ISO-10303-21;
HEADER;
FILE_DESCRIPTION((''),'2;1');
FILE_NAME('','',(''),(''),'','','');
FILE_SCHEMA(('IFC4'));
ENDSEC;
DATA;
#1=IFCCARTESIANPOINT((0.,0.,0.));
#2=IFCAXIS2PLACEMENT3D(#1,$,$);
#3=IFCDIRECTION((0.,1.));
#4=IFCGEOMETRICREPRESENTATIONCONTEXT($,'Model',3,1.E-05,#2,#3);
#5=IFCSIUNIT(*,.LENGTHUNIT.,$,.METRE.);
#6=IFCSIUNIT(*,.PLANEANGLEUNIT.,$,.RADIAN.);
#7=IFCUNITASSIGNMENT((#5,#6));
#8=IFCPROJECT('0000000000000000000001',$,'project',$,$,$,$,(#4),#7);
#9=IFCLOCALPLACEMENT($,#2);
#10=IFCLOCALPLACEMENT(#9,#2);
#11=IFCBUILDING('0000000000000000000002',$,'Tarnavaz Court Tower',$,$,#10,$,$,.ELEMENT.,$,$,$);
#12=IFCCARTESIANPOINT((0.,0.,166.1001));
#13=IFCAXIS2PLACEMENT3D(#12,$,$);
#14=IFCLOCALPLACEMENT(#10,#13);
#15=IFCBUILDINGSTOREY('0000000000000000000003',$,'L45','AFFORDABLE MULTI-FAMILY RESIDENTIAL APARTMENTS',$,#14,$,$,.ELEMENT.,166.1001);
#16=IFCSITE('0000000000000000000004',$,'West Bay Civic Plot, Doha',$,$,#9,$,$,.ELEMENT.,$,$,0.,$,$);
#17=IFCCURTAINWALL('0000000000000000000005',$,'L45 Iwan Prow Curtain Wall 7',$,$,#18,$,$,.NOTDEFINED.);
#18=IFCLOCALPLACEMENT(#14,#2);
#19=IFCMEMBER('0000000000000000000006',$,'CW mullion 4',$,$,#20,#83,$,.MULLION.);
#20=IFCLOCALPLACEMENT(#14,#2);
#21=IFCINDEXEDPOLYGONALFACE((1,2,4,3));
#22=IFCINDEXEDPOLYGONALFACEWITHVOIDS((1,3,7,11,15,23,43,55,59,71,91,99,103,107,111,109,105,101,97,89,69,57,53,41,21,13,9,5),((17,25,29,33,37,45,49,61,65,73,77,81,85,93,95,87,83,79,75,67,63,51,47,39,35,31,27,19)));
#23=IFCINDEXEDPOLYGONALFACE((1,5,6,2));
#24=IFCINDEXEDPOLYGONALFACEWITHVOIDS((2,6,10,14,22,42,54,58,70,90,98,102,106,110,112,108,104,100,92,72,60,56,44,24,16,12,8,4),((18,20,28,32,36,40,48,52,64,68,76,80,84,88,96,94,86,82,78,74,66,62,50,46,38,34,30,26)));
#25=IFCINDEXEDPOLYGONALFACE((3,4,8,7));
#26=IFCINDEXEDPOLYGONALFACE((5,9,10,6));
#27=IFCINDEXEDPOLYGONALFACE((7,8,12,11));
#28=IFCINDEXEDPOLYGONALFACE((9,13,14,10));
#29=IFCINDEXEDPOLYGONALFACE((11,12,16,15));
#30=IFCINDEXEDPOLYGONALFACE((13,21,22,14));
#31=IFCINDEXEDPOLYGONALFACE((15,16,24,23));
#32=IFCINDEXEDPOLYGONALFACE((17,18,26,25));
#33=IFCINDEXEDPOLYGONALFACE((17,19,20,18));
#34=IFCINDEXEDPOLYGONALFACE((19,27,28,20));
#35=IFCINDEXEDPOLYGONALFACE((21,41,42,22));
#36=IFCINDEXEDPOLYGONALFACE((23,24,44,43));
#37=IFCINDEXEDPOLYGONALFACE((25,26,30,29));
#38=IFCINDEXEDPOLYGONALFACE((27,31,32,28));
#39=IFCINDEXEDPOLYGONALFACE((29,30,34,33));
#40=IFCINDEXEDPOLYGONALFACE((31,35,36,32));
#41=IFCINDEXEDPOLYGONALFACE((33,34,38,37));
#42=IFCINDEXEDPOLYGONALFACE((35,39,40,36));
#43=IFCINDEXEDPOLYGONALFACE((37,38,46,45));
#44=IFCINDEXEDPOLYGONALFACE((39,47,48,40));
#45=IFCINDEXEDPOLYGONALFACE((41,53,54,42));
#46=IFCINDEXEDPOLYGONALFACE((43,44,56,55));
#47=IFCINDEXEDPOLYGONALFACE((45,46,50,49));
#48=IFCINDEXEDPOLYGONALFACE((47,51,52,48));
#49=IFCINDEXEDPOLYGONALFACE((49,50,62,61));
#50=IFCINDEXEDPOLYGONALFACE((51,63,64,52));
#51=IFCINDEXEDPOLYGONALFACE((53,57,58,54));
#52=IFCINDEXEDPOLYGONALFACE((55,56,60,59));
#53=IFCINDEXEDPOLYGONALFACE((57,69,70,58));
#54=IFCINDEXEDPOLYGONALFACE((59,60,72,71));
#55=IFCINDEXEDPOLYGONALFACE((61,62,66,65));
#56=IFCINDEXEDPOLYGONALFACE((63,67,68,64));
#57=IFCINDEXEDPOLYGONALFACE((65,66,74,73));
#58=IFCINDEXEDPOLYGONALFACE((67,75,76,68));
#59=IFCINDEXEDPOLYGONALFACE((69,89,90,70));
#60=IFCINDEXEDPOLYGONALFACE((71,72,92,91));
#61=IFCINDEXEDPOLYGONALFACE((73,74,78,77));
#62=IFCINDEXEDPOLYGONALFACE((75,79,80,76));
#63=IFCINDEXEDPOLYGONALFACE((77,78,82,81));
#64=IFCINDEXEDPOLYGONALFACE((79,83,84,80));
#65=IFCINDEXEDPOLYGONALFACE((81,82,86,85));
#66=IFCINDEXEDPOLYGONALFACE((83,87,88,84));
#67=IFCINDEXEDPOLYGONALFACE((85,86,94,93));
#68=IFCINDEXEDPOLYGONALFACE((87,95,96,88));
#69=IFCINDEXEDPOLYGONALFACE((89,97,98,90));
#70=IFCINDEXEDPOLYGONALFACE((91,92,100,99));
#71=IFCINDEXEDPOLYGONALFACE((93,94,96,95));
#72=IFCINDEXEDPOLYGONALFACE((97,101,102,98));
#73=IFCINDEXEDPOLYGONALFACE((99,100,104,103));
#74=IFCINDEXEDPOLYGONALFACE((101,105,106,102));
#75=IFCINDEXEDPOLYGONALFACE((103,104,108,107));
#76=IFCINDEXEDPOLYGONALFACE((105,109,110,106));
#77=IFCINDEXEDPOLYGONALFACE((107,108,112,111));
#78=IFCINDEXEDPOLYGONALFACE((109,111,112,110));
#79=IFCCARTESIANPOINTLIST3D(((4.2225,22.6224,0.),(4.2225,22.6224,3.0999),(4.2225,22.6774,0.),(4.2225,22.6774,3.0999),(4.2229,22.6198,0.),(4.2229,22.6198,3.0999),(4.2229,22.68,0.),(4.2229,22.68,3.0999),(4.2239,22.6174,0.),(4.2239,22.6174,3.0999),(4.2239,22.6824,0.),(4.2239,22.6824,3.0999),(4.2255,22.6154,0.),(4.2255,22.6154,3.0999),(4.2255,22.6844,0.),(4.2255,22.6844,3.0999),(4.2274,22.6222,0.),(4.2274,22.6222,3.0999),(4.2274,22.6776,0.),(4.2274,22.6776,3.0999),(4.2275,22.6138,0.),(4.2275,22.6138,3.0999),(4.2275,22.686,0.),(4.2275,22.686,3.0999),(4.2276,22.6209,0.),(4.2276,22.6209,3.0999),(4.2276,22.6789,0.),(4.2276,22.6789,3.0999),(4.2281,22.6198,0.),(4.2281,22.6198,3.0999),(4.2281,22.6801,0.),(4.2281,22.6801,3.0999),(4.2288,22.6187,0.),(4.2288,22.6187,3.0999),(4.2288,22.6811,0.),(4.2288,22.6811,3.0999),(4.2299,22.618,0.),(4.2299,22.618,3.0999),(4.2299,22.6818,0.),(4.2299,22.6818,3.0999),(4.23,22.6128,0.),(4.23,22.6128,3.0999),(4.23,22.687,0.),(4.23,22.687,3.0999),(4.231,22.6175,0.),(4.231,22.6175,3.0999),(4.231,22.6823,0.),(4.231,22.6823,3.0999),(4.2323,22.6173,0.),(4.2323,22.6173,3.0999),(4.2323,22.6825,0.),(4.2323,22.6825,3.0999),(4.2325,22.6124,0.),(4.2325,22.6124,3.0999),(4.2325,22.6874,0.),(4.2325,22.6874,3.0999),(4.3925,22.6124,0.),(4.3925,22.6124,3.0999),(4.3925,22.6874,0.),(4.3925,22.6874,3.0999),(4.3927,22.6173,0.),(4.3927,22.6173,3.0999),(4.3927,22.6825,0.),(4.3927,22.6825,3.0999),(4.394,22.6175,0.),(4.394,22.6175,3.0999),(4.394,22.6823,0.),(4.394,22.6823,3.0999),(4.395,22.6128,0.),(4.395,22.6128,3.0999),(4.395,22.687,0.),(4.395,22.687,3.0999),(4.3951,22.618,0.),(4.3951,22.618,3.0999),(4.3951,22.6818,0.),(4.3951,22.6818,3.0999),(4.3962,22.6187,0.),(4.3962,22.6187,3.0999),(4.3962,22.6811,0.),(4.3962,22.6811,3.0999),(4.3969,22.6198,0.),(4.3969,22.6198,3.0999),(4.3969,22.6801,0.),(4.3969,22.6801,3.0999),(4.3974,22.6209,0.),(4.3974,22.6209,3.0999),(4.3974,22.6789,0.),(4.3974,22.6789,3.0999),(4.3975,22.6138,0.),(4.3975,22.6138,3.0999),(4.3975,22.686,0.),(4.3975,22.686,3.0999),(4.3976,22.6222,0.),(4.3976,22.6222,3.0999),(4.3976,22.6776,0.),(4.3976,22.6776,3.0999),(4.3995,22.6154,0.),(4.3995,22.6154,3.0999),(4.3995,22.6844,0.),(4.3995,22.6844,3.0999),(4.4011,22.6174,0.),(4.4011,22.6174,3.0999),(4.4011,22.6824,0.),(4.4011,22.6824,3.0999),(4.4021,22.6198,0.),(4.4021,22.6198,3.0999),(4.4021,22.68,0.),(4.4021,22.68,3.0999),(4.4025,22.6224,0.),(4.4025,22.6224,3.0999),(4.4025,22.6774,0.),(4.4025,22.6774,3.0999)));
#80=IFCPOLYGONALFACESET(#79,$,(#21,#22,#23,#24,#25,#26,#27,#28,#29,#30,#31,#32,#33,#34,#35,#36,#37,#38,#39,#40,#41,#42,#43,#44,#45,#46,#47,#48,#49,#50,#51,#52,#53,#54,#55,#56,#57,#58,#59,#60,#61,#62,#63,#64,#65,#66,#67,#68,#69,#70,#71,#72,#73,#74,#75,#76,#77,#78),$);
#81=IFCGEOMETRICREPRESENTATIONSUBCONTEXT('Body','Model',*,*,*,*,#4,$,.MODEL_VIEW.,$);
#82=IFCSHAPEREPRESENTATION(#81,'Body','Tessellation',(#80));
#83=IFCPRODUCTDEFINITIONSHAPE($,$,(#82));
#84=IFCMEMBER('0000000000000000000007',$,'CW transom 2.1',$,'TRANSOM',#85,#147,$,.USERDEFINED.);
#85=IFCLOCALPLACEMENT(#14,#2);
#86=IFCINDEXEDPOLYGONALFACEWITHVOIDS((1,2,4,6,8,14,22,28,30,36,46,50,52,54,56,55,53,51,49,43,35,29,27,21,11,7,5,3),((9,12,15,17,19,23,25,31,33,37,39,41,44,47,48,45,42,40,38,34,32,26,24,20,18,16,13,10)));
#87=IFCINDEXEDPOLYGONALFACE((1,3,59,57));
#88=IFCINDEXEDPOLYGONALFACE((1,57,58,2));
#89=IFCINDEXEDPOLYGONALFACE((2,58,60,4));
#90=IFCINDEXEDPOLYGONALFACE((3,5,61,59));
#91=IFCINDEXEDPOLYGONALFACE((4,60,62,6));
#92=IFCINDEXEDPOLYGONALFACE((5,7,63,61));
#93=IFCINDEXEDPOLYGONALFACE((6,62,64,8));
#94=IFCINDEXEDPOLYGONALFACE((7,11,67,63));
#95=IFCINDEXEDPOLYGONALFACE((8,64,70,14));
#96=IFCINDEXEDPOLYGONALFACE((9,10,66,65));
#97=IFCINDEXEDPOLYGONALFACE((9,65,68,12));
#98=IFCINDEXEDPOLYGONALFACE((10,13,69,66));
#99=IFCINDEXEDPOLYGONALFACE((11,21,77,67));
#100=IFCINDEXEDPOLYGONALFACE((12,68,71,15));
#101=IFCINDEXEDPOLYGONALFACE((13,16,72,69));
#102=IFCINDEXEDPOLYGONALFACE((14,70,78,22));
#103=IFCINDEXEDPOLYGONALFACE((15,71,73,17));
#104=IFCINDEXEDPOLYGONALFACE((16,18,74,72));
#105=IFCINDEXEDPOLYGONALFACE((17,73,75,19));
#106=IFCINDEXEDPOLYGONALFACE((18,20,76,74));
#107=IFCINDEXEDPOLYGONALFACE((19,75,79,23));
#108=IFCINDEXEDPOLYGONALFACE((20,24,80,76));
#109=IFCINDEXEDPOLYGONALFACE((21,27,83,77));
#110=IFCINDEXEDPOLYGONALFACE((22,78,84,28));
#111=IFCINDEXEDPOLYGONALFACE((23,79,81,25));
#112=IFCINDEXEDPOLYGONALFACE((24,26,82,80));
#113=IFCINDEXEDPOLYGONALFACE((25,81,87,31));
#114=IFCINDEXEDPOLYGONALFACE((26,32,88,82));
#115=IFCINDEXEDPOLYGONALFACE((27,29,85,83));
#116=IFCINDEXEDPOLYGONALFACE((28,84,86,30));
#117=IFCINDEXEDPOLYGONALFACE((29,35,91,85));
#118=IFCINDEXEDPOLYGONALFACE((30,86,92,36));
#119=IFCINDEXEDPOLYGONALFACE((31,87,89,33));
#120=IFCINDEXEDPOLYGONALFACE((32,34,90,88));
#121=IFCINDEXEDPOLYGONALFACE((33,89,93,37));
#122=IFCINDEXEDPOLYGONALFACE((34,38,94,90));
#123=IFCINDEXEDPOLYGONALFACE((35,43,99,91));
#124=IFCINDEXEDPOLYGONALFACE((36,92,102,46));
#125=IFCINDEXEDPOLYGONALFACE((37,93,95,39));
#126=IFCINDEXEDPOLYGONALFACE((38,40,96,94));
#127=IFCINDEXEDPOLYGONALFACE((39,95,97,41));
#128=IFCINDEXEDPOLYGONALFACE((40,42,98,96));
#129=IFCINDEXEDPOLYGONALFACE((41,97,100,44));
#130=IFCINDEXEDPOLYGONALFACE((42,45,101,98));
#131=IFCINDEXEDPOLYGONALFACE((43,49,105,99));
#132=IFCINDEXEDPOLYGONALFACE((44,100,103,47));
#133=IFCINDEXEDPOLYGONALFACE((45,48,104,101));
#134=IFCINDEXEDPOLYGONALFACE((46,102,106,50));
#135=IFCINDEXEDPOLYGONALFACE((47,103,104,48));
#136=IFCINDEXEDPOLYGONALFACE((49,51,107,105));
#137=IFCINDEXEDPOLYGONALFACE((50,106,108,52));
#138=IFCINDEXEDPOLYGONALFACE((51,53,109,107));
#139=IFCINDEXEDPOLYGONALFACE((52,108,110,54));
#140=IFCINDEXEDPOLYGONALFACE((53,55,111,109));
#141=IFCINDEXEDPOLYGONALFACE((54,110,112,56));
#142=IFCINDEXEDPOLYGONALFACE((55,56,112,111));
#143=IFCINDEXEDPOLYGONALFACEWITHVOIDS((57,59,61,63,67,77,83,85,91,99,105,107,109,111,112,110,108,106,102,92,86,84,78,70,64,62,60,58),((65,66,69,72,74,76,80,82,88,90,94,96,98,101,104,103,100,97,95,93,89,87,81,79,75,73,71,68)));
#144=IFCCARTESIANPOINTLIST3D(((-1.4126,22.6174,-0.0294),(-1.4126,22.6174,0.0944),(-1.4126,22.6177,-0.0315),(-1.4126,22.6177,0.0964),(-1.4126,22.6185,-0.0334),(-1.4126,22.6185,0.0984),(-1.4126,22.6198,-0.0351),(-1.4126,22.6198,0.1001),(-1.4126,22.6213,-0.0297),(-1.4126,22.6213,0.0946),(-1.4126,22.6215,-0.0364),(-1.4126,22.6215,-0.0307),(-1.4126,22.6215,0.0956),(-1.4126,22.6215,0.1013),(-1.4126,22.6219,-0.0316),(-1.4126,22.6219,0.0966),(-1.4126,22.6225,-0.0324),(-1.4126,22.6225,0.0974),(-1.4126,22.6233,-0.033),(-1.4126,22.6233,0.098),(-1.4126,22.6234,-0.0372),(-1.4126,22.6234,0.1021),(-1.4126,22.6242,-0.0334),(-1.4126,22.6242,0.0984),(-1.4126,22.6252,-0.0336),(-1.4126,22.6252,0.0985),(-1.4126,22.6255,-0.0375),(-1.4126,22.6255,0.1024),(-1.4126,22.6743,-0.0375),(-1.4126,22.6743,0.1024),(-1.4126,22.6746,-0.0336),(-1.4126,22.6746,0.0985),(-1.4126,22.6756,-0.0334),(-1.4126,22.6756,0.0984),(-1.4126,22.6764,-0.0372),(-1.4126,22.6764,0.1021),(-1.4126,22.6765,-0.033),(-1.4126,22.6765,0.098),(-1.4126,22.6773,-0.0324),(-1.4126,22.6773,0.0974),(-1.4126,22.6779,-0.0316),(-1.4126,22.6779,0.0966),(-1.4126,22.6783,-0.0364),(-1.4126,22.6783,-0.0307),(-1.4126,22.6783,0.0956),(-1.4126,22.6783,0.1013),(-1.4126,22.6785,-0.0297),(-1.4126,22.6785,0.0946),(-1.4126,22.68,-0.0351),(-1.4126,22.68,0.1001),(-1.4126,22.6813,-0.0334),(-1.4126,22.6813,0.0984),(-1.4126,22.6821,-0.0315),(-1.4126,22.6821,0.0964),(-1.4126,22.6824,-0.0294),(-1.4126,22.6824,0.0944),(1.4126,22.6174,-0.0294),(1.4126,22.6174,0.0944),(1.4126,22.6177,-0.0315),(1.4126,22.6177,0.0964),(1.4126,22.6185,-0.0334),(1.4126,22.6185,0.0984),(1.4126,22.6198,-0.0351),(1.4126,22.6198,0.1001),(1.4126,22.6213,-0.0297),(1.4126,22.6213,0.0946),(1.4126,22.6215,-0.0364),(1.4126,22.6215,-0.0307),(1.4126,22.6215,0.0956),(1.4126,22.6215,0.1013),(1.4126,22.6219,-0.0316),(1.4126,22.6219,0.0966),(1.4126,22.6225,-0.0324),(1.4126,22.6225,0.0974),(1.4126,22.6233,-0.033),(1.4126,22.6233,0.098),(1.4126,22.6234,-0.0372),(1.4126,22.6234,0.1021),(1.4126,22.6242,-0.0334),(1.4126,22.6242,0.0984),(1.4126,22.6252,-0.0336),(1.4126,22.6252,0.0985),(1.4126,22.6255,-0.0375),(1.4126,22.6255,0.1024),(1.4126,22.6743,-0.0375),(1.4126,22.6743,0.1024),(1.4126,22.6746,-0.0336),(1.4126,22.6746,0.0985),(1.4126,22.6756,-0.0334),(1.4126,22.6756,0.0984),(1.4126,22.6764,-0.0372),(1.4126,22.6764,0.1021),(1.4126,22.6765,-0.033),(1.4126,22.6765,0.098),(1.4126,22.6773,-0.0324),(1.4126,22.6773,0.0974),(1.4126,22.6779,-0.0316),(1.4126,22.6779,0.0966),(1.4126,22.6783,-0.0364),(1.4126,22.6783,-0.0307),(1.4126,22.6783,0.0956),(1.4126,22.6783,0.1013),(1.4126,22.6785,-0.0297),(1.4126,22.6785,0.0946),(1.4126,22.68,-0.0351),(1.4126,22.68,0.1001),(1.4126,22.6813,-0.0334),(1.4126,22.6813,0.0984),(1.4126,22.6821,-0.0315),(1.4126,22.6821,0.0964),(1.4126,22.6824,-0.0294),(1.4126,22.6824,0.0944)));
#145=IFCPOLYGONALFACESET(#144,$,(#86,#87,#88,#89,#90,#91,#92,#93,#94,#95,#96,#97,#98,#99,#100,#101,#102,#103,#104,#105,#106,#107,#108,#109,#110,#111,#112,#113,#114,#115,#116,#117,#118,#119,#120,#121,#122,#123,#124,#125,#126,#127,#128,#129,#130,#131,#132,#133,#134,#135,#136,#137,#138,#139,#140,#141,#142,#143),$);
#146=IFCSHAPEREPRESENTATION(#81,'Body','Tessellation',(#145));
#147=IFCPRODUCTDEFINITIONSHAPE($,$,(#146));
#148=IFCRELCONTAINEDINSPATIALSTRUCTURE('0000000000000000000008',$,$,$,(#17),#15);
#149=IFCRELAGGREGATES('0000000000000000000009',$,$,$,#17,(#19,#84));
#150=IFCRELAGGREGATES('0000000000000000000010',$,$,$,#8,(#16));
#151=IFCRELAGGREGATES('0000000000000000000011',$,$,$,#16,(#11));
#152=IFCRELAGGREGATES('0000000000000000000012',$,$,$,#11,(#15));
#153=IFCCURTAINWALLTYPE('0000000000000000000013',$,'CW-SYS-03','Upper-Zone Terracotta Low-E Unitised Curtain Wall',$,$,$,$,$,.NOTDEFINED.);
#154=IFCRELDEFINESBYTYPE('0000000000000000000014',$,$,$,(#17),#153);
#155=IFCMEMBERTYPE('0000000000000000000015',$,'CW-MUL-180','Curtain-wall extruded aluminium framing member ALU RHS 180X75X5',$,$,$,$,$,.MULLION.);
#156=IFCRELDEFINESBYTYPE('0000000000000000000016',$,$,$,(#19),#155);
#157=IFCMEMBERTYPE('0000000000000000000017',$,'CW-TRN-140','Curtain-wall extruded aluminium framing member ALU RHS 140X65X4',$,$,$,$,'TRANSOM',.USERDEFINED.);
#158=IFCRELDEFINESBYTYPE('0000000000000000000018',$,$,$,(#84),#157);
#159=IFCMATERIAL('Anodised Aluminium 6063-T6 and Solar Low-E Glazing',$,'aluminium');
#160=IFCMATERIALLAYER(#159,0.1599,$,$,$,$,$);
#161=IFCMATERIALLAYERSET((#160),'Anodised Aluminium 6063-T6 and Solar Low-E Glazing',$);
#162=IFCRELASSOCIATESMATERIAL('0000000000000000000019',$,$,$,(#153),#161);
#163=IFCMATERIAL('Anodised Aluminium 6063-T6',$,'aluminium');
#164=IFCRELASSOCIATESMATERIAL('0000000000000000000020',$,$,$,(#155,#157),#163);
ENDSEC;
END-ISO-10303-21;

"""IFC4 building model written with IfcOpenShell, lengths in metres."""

from ifc_helpers import new_model, si_unit, direction, frame, origin, origin_2d, place, context, subcontext, project, spatial, hollow_rectangle, extrude, material, layer, layer_set, material_profile, profile_set, type_object, element, aggregate, save


model = new_model("IFC4")

# Units and contexts
model_context = context("Model", 3, precision=1e-05, world=origin(), true_north=direction((0.0, 1.0)))
body_context = subcontext(model_context, "Body", "Model", "MODEL_VIEW")
ifc_project = project(units=[si_unit("LENGTHUNIT", "METRE"), si_unit("PLANEANGLEUNIT", "RADIAN")], contexts=[model_context])

# Site, building, storey
site_placement = place(None, origin())
site = spatial("IfcSite", under=ifc_project, at=site_placement, Name="West Bay Civic Plot, Doha", CompositionType="ELEMENT", RefElevation=0.0)
building_placement = place(site_placement, origin())
building = spatial("IfcBuilding", under=site, at=building_placement, Name="Tarnavaz Court Tower", CompositionType="ELEMENT")
storey_placement = place(building_placement, frame((0.0, 0.0, 166.1001)))
storey = spatial("IfcBuildingStorey", under=building, at=storey_placement, Name="L45", Description="AFFORDABLE MULTI-FAMILY RESIDENTIAL APARTMENTS", CompositionType="ELEMENT", Elevation=166.1001)

# Curtain wall, members
ifc_material_1 = material(Name="Anodised Aluminium 6063-T6 and Solar Low-E Glazing", Category="aluminium")
ifc_layer_1 = layer(ifc_material_1, 0.1599)
ifc_layer_set_1 = layer_set([ifc_layer_1], Name="Anodised Aluminium 6063-T6 and Solar Low-E Glazing")
curtain_wall_type = type_object("IfcCurtainWallType", Name="CW-SYS-03", Description="Upper-Zone Terracotta Low-E Unitised Curtain Wall", PredefinedType="NOTDEFINED", material=ifc_layer_set_1)
curtain_wall_placement = place(storey_placement, origin())
curtain_wall = element("IfcCurtainWall", 1, at=curtain_wall_placement, inside=storey, type_object=curtain_wall_type, Name="L45 Iwan Prow Curtain Wall 7", PredefinedType="NOTDEFINED")
ifc_material_2 = material(Name="Anodised Aluminium 6063-T6", Category="aluminium")
ifc_material_profile_1 = material_profile(ifc_material_2, hollow_rectangle(XDim=0.075, YDim=0.1799, WallThickness=0.0049, InnerFilletRadius=0.0049, OuterFilletRadius=0.01, at=origin_2d()), Name="ALU RHS 180X75X5")
ifc_profile_set_1 = profile_set([ifc_material_profile_1], Name="Anodised Aluminium 6063-T6")
member_type_1 = type_object("IfcMemberType", Name="CW-MUL-180", Description="Curtain-wall extruded aluminium framing member ALU RHS 180X75X5", PredefinedType="MULLION", material=ifc_profile_set_1)
member_1_placement = place(storey_placement, frame((4.3125, 22.6499, 0.0), z_axis=(0.0, 0.0, 1.0), x_axis=(0.0, 1.0, 0.0)))
member_1 = element("IfcMember", 2, at=member_1_placement, type_object=member_type_1, Name="CW mullion 4", PredefinedType="MULLION", context=body_context, shape_type="SweptSolid", body=[
    extrude(hollow_rectangle(XDim=0.075, YDim=0.1799, WallThickness=0.0049, InnerFilletRadius=0.0049, OuterFilletRadius=0.01, at=origin_2d()), origin(), (0.0, 0.0, 1.0), 3.0999),
])
ifc_material_profile_2 = material_profile(ifc_material_2, hollow_rectangle(XDim=0.0649, YDim=0.1399, WallThickness=0.0039, InnerFilletRadius=0.0039, OuterFilletRadius=0.0081, at=origin_2d()), Name="ALU RHS 140X65X4")
ifc_profile_set_2 = profile_set([ifc_material_profile_2], Name="Anodised Aluminium 6063-T6")
member_type_2 = type_object("IfcMemberType", Name="CW-TRN-140", Description="Curtain-wall extruded aluminium framing member ALU RHS 140X65X4", ElementType="TRANSOM", PredefinedType="USERDEFINED", material=ifc_profile_set_2)
member_2_placement = place(storey_placement, frame((-1.4126, 22.6499, 0.0325), z_axis=(1.0, 0.0, 0.0), x_axis=(0.0, 1.0, 0.0)))
member_2 = element("IfcMember", 3, at=member_2_placement, type_object=member_type_2, Name="CW transom 2.1", ObjectType="TRANSOM", PredefinedType="USERDEFINED", context=body_context, shape_type="SweptSolid", body=[
    extrude(hollow_rectangle(XDim=0.0649, YDim=0.1399, WallThickness=0.0039, InnerFilletRadius=0.0039, OuterFilletRadius=0.0081, at=origin_2d()), origin(), (0.0, 0.0, 1.0), 2.8252),
])
aggregate(curtain_wall, [member_1, member_2])

save(model, "model.ifc")
